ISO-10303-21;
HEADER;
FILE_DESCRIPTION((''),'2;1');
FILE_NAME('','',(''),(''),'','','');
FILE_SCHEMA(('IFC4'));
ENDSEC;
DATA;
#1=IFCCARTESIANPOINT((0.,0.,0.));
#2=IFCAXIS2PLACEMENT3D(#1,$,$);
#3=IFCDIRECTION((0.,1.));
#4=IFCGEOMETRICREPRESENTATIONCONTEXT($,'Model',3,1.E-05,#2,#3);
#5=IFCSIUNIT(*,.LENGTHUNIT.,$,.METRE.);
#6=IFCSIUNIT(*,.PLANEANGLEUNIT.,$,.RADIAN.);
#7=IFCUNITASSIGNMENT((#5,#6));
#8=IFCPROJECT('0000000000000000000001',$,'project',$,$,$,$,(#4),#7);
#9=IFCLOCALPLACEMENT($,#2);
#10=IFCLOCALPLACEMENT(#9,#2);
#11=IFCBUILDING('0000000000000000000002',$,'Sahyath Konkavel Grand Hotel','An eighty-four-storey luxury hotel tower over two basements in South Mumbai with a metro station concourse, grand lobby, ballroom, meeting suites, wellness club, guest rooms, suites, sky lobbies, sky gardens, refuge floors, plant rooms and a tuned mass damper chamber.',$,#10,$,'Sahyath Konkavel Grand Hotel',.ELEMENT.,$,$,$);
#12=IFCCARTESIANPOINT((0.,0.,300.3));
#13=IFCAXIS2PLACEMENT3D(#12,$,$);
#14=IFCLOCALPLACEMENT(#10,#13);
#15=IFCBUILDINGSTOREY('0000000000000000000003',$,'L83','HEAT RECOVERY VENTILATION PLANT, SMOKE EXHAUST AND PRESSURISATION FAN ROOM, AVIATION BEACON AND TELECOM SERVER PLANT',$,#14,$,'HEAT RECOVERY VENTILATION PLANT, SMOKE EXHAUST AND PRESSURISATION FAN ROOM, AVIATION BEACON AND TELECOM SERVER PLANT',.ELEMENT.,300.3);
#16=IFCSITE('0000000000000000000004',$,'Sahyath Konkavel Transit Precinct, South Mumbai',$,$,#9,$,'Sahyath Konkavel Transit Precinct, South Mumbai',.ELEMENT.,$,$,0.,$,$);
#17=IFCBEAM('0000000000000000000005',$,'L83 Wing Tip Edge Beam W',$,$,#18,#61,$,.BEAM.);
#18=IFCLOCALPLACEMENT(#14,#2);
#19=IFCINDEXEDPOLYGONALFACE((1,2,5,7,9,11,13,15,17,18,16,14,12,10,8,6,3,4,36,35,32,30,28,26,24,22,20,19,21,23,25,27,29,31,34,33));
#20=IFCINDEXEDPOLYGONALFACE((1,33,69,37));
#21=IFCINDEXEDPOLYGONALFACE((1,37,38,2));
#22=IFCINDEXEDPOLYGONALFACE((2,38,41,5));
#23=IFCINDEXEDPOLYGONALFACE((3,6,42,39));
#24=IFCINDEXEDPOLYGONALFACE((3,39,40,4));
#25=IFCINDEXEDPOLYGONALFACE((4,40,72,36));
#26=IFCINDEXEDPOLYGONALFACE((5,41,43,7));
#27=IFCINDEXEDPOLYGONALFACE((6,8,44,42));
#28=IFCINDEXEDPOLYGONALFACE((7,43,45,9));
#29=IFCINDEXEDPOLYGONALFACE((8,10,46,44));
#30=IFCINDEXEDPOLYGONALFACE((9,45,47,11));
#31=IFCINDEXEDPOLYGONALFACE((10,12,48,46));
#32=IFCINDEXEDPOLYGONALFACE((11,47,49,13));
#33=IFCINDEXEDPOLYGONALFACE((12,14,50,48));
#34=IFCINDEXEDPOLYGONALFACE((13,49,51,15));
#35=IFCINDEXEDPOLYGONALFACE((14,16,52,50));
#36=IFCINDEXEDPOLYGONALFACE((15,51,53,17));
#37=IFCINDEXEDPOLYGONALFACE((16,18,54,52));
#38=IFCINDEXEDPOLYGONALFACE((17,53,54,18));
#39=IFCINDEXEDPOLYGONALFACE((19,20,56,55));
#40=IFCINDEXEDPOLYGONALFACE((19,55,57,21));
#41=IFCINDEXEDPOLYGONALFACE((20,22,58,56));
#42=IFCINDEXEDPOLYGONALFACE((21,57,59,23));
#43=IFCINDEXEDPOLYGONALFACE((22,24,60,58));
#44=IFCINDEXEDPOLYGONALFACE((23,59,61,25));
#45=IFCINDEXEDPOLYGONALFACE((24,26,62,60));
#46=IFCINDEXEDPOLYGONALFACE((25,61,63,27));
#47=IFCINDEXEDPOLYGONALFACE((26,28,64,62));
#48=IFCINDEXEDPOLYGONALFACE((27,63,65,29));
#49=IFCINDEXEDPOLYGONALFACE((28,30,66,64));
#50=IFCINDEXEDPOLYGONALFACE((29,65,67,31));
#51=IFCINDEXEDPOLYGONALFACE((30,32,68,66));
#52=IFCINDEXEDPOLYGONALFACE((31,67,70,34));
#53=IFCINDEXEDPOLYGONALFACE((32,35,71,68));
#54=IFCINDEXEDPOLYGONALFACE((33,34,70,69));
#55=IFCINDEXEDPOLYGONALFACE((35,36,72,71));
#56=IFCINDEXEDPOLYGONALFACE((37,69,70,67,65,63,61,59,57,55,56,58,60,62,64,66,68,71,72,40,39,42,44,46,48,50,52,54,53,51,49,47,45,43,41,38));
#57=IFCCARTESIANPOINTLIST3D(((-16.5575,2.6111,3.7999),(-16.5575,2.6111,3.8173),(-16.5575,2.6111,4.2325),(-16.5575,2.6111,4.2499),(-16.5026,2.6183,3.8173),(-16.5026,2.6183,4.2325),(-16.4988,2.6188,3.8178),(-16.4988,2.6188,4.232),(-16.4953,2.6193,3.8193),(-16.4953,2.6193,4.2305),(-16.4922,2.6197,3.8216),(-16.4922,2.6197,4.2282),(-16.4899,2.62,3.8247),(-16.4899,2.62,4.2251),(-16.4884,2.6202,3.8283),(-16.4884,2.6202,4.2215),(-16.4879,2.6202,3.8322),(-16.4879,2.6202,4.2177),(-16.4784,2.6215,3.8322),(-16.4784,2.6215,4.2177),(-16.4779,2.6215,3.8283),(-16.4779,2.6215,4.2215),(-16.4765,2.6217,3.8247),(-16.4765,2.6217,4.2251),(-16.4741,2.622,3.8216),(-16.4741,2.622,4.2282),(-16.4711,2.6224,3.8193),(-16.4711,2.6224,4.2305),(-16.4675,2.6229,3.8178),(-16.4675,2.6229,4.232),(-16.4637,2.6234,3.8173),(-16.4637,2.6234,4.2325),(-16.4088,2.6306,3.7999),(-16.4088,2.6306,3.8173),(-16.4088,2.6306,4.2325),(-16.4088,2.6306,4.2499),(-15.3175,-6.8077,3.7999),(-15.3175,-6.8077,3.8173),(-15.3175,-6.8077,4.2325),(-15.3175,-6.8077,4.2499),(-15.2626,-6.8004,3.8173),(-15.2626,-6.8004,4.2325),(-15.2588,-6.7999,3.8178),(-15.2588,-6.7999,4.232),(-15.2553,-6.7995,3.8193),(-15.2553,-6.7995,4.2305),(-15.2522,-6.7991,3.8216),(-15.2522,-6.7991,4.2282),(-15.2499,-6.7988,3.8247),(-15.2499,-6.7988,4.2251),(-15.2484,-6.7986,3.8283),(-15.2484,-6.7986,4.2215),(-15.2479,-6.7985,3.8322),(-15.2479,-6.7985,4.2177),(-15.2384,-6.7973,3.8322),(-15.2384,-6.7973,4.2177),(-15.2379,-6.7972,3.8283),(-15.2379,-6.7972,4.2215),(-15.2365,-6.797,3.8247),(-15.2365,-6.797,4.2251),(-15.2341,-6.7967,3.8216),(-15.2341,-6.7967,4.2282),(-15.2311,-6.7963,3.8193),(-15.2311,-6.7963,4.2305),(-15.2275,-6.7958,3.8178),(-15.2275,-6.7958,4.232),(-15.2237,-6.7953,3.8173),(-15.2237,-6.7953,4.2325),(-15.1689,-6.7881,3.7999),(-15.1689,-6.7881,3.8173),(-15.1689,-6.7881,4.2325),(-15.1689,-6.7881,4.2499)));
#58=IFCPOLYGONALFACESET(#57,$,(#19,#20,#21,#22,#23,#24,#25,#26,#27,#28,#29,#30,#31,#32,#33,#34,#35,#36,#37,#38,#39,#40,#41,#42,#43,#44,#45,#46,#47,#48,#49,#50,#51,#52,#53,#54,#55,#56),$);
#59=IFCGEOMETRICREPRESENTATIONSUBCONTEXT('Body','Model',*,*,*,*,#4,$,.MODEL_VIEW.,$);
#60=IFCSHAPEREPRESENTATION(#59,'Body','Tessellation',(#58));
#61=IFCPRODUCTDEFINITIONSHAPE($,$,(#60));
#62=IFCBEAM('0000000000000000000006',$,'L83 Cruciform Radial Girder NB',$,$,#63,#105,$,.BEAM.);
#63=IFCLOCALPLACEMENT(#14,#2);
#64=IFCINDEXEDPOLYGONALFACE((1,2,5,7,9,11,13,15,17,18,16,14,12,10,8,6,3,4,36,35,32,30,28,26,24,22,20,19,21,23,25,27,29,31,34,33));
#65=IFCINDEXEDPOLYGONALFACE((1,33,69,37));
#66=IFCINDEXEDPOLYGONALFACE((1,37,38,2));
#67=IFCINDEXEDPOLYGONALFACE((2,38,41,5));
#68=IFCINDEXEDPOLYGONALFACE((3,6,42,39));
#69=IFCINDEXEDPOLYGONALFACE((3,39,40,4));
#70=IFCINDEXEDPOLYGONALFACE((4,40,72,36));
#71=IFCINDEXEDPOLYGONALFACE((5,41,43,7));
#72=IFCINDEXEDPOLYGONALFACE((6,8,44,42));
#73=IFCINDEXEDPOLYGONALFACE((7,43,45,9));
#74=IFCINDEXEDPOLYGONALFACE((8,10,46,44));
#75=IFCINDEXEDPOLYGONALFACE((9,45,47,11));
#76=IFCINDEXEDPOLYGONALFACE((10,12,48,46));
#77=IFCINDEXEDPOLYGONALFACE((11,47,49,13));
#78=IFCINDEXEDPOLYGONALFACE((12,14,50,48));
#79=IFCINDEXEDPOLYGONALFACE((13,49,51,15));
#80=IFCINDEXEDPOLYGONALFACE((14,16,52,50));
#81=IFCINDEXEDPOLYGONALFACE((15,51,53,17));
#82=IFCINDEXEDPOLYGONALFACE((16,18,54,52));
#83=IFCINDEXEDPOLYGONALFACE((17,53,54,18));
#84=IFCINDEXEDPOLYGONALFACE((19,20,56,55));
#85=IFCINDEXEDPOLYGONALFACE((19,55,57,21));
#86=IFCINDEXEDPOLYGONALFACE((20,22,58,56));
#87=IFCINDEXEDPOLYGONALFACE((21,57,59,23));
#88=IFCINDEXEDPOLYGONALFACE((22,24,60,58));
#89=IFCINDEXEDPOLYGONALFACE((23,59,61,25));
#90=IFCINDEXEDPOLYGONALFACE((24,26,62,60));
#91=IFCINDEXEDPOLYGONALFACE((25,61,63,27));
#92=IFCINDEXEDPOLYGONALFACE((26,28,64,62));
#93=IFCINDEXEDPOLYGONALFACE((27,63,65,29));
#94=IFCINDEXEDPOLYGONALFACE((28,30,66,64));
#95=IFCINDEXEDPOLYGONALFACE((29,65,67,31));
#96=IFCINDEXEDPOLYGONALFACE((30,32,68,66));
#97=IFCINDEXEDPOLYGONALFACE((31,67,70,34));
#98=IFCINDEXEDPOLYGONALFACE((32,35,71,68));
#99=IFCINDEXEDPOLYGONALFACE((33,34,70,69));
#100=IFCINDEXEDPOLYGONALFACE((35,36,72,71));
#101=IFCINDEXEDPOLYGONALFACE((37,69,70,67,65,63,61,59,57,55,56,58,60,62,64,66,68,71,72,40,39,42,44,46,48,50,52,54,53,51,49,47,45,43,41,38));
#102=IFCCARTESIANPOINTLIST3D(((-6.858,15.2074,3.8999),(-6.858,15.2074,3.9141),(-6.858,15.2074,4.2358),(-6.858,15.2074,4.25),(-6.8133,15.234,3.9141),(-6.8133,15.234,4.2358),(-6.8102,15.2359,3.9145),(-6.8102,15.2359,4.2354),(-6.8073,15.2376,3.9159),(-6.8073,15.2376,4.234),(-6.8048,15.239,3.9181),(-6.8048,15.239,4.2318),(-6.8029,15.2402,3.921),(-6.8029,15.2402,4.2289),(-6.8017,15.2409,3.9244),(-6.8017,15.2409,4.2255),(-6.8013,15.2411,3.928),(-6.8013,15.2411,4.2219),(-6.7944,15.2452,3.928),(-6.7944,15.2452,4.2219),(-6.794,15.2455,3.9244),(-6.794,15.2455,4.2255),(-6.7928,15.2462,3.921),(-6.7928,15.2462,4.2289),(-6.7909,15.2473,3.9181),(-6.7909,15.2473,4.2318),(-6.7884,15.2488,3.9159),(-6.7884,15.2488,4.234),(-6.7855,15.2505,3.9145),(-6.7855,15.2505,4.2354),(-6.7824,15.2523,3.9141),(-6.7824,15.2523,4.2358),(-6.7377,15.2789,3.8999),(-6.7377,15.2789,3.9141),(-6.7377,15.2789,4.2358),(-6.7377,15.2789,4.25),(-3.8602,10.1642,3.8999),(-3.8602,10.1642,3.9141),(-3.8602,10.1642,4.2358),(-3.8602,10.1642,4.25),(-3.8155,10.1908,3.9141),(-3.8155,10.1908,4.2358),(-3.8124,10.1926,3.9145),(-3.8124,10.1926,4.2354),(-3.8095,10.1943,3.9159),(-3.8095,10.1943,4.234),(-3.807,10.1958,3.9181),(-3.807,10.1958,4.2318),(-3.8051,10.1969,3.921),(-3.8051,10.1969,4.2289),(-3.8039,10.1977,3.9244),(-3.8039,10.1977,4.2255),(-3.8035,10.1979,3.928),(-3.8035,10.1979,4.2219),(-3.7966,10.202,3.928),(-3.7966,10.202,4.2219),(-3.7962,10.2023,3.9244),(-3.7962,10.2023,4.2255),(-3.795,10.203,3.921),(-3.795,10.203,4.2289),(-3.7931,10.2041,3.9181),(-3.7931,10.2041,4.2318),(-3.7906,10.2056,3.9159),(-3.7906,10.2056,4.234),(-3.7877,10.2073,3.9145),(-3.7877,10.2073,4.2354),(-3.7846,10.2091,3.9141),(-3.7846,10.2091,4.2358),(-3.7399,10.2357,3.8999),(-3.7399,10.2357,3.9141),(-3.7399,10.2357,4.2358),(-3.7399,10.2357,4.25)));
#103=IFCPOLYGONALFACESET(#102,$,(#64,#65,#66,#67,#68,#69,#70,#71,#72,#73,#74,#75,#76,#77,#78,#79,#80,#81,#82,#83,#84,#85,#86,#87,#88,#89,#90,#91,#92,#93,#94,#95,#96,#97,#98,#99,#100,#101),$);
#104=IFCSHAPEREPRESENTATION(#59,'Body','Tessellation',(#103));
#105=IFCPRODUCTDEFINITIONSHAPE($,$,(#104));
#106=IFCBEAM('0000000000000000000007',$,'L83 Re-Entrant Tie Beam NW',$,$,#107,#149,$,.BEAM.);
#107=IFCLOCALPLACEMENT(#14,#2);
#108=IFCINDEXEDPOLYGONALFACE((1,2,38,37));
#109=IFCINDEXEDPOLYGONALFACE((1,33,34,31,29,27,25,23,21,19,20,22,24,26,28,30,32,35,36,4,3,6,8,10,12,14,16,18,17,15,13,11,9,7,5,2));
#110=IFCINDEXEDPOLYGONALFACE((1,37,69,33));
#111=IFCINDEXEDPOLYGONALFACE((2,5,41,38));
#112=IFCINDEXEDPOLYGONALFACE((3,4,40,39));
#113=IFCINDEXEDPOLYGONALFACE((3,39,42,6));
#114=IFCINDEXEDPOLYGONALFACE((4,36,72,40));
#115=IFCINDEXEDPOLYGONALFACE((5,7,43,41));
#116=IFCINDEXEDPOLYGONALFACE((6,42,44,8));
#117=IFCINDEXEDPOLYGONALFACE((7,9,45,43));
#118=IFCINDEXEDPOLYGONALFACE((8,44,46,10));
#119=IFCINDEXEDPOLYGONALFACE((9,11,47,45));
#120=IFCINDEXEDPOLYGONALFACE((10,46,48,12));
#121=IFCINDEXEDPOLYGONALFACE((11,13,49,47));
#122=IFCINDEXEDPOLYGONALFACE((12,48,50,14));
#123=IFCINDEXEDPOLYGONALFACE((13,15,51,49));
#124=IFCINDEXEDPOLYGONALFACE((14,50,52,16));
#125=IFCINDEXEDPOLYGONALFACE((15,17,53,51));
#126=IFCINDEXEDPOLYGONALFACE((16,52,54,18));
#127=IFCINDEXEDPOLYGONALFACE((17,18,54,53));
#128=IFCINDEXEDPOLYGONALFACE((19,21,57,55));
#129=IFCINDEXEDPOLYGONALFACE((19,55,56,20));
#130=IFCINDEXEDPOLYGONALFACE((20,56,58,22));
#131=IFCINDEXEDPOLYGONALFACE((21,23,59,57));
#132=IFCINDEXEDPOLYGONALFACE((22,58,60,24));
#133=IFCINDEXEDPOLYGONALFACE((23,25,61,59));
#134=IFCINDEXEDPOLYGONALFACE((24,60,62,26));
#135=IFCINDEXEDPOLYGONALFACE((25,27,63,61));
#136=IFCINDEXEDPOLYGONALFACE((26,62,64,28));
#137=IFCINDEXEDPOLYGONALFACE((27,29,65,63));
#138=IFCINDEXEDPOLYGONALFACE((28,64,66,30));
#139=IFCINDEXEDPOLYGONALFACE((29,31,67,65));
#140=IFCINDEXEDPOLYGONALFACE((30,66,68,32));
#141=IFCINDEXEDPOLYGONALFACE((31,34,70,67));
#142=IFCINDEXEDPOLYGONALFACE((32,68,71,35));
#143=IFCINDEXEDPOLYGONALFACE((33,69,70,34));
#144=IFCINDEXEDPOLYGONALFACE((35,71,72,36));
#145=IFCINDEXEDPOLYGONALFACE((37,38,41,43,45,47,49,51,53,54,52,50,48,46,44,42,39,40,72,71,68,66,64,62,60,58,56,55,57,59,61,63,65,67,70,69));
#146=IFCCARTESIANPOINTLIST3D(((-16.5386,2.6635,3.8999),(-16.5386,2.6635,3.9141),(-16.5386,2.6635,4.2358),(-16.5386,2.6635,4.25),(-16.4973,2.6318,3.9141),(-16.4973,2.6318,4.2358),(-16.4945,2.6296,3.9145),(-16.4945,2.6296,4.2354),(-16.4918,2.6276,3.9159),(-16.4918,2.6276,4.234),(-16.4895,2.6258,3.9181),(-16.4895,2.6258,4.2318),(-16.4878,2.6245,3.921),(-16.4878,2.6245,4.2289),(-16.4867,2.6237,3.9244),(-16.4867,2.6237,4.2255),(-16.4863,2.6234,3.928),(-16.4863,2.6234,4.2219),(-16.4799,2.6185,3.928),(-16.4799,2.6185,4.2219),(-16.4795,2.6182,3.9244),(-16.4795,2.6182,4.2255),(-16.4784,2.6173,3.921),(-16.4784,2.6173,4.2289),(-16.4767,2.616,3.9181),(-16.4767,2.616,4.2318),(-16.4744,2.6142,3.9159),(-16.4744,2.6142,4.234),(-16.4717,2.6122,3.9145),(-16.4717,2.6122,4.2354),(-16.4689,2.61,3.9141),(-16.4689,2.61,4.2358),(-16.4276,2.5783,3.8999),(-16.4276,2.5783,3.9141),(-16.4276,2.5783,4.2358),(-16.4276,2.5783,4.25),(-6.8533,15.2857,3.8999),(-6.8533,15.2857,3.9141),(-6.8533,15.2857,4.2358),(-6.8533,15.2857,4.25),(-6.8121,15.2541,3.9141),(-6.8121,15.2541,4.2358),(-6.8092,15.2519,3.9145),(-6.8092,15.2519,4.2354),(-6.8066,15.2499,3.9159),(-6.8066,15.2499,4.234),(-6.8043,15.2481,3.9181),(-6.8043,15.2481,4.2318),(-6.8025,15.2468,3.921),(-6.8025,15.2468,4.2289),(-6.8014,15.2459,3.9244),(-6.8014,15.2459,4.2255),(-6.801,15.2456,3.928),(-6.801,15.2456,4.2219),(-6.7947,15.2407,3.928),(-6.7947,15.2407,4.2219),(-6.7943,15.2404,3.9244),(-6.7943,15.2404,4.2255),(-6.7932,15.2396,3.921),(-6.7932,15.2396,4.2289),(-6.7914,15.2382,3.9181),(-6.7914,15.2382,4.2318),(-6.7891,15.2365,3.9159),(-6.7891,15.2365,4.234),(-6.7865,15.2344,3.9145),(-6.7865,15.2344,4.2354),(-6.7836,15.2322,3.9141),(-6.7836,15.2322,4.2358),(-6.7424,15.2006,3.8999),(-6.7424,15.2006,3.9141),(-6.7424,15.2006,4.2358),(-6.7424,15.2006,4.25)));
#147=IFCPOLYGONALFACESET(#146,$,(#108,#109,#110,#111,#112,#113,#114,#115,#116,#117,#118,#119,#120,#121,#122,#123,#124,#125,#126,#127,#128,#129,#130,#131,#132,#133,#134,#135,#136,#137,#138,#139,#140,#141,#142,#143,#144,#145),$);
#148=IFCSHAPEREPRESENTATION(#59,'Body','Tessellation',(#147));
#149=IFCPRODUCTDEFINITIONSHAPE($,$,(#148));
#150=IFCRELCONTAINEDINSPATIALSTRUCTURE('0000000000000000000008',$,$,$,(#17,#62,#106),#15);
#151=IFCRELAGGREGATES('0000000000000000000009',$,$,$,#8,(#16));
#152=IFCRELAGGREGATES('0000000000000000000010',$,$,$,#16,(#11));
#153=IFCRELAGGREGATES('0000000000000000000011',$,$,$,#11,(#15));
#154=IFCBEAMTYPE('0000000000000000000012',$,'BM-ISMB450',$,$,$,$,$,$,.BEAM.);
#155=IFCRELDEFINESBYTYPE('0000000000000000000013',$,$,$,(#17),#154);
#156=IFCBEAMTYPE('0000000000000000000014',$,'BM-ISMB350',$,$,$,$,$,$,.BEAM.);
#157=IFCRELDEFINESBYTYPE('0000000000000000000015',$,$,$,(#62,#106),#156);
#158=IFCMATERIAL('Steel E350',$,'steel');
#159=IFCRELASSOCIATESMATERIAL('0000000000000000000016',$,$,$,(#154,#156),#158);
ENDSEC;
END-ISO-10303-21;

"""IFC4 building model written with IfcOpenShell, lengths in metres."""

from ifc_helpers import new_model, si_unit, direction, frame, origin, origin_2d, place, context, subcontext, project, spatial, i_section, extrude, source, transform, mapped, material, material_profile, profile_set, type_object, element, save


model = new_model("IFC4")

# Units and contexts
model_context = context("Model", 3, precision=1e-05, world=origin(), true_north=direction((0.0, 1.0)))
body_context = subcontext(model_context, "Body", "Model", "MODEL_VIEW")
ifc_project = project(units=[si_unit("LENGTHUNIT", "METRE"), si_unit("PLANEANGLEUNIT", "RADIAN")], contexts=[model_context])

# Site, building, storey
site_placement = place(None, origin())
site = spatial("IfcSite", under=ifc_project, at=site_placement, Name="Sahyath Konkavel Transit Precinct, South Mumbai", LongName="Sahyath Konkavel Transit Precinct, South Mumbai", CompositionType="ELEMENT", RefElevation=0.0)
building_placement = place(site_placement, origin())
building = spatial("IfcBuilding", under=site, at=building_placement, Name="Sahyath Konkavel Grand Hotel", Description="An eighty-four-storey luxury hotel tower over two basements in South Mumbai with a metro station concourse, grand lobby, ballroom, meeting suites, wellness club, guest rooms, suites, sky lobbies, sky gardens, refuge floors, plant rooms and a tuned mass damper chamber.", LongName="Sahyath Konkavel Grand Hotel", CompositionType="ELEMENT")
storey_placement = place(building_placement, frame((0.0, 0.0, 300.3)))
storey = spatial("IfcBuildingStorey", under=building, at=storey_placement, Name="L83", Description="HEAT RECOVERY VENTILATION PLANT, SMOKE EXHAUST AND PRESSURISATION FAN ROOM, AVIATION BEACON AND TELECOM SERVER PLANT", LongName="HEAT RECOVERY VENTILATION PLANT, SMOKE EXHAUST AND PRESSURISATION FAN ROOM, AVIATION BEACON AND TELECOM SERVER PLANT", CompositionType="ELEMENT", Elevation=300.3)

# Shared definitions
ifc_material_1 = material(Name="Steel E350", Category="steel")

# Beams
ifc_material_profile_1 = material_profile(ifc_material_1, i_section(OverallWidth=0.1499, OverallDepth=0.45, WebThickness=0.0095, FlangeThickness=0.0173, FilletRadius=0.0149, at=origin_2d()), Name="ISMB 450")
ifc_profile_set_1 = profile_set([ifc_material_profile_1], Name="Steel E350")
beam_type_1 = type_object("IfcBeamType", Name="BM-ISMB450", PredefinedType="BEAM", material=ifc_profile_set_1)
shared_shape_1 = source(origin(), body_context, "Body", "SweptSolid", [
    extrude(i_section(OverallWidth=0.1499, OverallDepth=0.45, WebThickness=0.0095, FlangeThickness=0.0173, FilletRadius=0.0149, at=origin_2d()), origin(), (0.0, 0.0, 1.0), 9.5),
])
beam_1_placement = place(storey_placement, frame((-16.4832, 2.6208, 4.0249), z_axis=(0.130526, -0.991445, 0.0), x_axis=(0.991445, 0.130526, 0.0)))
element("IfcBeam", 1, at=beam_1_placement, inside=storey, type_object=beam_type_1, Name="L83 Wing Tip Edge Beam W", PredefinedType="BEAM", context=body_context, shape_type="MappedRepresentation", body=[
    mapped(shared_shape_1, transform((0.0, 0.0, 0.0), scale=1.0)),
])
ifc_material_profile_2 = material_profile(ifc_material_1, i_section(OverallWidth=0.1399, OverallDepth=0.3501, WebThickness=0.0081, FlangeThickness=0.0142, FilletRadius=0.0139, at=origin_2d()), Name="ISMB 350")
ifc_profile_set_2 = profile_set([ifc_material_profile_2], Name="Steel E350")
beam_type_2 = type_object("IfcBeamType", Name="BM-ISMB350", PredefinedType="BEAM", material=ifc_profile_set_2)
shared_shape_2 = source(origin(), body_context, "Body", "SweptSolid", [
    extrude(i_section(OverallWidth=0.1399, OverallDepth=0.3501, WebThickness=0.0081, FlangeThickness=0.0142, FilletRadius=0.0139, at=origin_2d()), origin(), (0.0, 0.0, 1.0), 5.8669),
])
beam_2_placement = place(storey_placement, frame((-3.8, 10.2, 4.075), z_axis=(-0.510967, 0.859601, 0.0), x_axis=(-0.859601, -0.510967, 0.0)))
element("IfcBeam", 2, at=beam_2_placement, inside=storey, type_object=beam_type_2, Name="L83 Cruciform Radial Girder NB", PredefinedType="BEAM", context=body_context, shape_type="MappedRepresentation", body=[
    mapped(shared_shape_2, transform((0.0, 0.0, 0.0), scale=1.0)),
])
shared_shape_3 = source(origin(), body_context, "Body", "SweptSolid", [
    extrude(i_section(OverallWidth=0.1399, OverallDepth=0.3501, WebThickness=0.0081, FlangeThickness=0.0142, FilletRadius=0.0139, at=origin_2d()), origin(), (0.0, 0.0, 1.0), 15.9099),
])
beam_3_placement = place(storey_placement, frame((-6.7979, 15.2432, 4.075), z_axis=(-0.608756, -0.793358, 0.0), x_axis=(0.793358, -0.608756, 0.0)))
element("IfcBeam", 3, at=beam_3_placement, inside=storey, type_object=beam_type_2, Name="L83 Re-Entrant Tie Beam NW", PredefinedType="BEAM", context=body_context, shape_type="MappedRepresentation", body=[
    mapped(shared_shape_3, transform((0.0, 0.0, 0.0), scale=1.0)),
])

save(model, "model.ifc")
